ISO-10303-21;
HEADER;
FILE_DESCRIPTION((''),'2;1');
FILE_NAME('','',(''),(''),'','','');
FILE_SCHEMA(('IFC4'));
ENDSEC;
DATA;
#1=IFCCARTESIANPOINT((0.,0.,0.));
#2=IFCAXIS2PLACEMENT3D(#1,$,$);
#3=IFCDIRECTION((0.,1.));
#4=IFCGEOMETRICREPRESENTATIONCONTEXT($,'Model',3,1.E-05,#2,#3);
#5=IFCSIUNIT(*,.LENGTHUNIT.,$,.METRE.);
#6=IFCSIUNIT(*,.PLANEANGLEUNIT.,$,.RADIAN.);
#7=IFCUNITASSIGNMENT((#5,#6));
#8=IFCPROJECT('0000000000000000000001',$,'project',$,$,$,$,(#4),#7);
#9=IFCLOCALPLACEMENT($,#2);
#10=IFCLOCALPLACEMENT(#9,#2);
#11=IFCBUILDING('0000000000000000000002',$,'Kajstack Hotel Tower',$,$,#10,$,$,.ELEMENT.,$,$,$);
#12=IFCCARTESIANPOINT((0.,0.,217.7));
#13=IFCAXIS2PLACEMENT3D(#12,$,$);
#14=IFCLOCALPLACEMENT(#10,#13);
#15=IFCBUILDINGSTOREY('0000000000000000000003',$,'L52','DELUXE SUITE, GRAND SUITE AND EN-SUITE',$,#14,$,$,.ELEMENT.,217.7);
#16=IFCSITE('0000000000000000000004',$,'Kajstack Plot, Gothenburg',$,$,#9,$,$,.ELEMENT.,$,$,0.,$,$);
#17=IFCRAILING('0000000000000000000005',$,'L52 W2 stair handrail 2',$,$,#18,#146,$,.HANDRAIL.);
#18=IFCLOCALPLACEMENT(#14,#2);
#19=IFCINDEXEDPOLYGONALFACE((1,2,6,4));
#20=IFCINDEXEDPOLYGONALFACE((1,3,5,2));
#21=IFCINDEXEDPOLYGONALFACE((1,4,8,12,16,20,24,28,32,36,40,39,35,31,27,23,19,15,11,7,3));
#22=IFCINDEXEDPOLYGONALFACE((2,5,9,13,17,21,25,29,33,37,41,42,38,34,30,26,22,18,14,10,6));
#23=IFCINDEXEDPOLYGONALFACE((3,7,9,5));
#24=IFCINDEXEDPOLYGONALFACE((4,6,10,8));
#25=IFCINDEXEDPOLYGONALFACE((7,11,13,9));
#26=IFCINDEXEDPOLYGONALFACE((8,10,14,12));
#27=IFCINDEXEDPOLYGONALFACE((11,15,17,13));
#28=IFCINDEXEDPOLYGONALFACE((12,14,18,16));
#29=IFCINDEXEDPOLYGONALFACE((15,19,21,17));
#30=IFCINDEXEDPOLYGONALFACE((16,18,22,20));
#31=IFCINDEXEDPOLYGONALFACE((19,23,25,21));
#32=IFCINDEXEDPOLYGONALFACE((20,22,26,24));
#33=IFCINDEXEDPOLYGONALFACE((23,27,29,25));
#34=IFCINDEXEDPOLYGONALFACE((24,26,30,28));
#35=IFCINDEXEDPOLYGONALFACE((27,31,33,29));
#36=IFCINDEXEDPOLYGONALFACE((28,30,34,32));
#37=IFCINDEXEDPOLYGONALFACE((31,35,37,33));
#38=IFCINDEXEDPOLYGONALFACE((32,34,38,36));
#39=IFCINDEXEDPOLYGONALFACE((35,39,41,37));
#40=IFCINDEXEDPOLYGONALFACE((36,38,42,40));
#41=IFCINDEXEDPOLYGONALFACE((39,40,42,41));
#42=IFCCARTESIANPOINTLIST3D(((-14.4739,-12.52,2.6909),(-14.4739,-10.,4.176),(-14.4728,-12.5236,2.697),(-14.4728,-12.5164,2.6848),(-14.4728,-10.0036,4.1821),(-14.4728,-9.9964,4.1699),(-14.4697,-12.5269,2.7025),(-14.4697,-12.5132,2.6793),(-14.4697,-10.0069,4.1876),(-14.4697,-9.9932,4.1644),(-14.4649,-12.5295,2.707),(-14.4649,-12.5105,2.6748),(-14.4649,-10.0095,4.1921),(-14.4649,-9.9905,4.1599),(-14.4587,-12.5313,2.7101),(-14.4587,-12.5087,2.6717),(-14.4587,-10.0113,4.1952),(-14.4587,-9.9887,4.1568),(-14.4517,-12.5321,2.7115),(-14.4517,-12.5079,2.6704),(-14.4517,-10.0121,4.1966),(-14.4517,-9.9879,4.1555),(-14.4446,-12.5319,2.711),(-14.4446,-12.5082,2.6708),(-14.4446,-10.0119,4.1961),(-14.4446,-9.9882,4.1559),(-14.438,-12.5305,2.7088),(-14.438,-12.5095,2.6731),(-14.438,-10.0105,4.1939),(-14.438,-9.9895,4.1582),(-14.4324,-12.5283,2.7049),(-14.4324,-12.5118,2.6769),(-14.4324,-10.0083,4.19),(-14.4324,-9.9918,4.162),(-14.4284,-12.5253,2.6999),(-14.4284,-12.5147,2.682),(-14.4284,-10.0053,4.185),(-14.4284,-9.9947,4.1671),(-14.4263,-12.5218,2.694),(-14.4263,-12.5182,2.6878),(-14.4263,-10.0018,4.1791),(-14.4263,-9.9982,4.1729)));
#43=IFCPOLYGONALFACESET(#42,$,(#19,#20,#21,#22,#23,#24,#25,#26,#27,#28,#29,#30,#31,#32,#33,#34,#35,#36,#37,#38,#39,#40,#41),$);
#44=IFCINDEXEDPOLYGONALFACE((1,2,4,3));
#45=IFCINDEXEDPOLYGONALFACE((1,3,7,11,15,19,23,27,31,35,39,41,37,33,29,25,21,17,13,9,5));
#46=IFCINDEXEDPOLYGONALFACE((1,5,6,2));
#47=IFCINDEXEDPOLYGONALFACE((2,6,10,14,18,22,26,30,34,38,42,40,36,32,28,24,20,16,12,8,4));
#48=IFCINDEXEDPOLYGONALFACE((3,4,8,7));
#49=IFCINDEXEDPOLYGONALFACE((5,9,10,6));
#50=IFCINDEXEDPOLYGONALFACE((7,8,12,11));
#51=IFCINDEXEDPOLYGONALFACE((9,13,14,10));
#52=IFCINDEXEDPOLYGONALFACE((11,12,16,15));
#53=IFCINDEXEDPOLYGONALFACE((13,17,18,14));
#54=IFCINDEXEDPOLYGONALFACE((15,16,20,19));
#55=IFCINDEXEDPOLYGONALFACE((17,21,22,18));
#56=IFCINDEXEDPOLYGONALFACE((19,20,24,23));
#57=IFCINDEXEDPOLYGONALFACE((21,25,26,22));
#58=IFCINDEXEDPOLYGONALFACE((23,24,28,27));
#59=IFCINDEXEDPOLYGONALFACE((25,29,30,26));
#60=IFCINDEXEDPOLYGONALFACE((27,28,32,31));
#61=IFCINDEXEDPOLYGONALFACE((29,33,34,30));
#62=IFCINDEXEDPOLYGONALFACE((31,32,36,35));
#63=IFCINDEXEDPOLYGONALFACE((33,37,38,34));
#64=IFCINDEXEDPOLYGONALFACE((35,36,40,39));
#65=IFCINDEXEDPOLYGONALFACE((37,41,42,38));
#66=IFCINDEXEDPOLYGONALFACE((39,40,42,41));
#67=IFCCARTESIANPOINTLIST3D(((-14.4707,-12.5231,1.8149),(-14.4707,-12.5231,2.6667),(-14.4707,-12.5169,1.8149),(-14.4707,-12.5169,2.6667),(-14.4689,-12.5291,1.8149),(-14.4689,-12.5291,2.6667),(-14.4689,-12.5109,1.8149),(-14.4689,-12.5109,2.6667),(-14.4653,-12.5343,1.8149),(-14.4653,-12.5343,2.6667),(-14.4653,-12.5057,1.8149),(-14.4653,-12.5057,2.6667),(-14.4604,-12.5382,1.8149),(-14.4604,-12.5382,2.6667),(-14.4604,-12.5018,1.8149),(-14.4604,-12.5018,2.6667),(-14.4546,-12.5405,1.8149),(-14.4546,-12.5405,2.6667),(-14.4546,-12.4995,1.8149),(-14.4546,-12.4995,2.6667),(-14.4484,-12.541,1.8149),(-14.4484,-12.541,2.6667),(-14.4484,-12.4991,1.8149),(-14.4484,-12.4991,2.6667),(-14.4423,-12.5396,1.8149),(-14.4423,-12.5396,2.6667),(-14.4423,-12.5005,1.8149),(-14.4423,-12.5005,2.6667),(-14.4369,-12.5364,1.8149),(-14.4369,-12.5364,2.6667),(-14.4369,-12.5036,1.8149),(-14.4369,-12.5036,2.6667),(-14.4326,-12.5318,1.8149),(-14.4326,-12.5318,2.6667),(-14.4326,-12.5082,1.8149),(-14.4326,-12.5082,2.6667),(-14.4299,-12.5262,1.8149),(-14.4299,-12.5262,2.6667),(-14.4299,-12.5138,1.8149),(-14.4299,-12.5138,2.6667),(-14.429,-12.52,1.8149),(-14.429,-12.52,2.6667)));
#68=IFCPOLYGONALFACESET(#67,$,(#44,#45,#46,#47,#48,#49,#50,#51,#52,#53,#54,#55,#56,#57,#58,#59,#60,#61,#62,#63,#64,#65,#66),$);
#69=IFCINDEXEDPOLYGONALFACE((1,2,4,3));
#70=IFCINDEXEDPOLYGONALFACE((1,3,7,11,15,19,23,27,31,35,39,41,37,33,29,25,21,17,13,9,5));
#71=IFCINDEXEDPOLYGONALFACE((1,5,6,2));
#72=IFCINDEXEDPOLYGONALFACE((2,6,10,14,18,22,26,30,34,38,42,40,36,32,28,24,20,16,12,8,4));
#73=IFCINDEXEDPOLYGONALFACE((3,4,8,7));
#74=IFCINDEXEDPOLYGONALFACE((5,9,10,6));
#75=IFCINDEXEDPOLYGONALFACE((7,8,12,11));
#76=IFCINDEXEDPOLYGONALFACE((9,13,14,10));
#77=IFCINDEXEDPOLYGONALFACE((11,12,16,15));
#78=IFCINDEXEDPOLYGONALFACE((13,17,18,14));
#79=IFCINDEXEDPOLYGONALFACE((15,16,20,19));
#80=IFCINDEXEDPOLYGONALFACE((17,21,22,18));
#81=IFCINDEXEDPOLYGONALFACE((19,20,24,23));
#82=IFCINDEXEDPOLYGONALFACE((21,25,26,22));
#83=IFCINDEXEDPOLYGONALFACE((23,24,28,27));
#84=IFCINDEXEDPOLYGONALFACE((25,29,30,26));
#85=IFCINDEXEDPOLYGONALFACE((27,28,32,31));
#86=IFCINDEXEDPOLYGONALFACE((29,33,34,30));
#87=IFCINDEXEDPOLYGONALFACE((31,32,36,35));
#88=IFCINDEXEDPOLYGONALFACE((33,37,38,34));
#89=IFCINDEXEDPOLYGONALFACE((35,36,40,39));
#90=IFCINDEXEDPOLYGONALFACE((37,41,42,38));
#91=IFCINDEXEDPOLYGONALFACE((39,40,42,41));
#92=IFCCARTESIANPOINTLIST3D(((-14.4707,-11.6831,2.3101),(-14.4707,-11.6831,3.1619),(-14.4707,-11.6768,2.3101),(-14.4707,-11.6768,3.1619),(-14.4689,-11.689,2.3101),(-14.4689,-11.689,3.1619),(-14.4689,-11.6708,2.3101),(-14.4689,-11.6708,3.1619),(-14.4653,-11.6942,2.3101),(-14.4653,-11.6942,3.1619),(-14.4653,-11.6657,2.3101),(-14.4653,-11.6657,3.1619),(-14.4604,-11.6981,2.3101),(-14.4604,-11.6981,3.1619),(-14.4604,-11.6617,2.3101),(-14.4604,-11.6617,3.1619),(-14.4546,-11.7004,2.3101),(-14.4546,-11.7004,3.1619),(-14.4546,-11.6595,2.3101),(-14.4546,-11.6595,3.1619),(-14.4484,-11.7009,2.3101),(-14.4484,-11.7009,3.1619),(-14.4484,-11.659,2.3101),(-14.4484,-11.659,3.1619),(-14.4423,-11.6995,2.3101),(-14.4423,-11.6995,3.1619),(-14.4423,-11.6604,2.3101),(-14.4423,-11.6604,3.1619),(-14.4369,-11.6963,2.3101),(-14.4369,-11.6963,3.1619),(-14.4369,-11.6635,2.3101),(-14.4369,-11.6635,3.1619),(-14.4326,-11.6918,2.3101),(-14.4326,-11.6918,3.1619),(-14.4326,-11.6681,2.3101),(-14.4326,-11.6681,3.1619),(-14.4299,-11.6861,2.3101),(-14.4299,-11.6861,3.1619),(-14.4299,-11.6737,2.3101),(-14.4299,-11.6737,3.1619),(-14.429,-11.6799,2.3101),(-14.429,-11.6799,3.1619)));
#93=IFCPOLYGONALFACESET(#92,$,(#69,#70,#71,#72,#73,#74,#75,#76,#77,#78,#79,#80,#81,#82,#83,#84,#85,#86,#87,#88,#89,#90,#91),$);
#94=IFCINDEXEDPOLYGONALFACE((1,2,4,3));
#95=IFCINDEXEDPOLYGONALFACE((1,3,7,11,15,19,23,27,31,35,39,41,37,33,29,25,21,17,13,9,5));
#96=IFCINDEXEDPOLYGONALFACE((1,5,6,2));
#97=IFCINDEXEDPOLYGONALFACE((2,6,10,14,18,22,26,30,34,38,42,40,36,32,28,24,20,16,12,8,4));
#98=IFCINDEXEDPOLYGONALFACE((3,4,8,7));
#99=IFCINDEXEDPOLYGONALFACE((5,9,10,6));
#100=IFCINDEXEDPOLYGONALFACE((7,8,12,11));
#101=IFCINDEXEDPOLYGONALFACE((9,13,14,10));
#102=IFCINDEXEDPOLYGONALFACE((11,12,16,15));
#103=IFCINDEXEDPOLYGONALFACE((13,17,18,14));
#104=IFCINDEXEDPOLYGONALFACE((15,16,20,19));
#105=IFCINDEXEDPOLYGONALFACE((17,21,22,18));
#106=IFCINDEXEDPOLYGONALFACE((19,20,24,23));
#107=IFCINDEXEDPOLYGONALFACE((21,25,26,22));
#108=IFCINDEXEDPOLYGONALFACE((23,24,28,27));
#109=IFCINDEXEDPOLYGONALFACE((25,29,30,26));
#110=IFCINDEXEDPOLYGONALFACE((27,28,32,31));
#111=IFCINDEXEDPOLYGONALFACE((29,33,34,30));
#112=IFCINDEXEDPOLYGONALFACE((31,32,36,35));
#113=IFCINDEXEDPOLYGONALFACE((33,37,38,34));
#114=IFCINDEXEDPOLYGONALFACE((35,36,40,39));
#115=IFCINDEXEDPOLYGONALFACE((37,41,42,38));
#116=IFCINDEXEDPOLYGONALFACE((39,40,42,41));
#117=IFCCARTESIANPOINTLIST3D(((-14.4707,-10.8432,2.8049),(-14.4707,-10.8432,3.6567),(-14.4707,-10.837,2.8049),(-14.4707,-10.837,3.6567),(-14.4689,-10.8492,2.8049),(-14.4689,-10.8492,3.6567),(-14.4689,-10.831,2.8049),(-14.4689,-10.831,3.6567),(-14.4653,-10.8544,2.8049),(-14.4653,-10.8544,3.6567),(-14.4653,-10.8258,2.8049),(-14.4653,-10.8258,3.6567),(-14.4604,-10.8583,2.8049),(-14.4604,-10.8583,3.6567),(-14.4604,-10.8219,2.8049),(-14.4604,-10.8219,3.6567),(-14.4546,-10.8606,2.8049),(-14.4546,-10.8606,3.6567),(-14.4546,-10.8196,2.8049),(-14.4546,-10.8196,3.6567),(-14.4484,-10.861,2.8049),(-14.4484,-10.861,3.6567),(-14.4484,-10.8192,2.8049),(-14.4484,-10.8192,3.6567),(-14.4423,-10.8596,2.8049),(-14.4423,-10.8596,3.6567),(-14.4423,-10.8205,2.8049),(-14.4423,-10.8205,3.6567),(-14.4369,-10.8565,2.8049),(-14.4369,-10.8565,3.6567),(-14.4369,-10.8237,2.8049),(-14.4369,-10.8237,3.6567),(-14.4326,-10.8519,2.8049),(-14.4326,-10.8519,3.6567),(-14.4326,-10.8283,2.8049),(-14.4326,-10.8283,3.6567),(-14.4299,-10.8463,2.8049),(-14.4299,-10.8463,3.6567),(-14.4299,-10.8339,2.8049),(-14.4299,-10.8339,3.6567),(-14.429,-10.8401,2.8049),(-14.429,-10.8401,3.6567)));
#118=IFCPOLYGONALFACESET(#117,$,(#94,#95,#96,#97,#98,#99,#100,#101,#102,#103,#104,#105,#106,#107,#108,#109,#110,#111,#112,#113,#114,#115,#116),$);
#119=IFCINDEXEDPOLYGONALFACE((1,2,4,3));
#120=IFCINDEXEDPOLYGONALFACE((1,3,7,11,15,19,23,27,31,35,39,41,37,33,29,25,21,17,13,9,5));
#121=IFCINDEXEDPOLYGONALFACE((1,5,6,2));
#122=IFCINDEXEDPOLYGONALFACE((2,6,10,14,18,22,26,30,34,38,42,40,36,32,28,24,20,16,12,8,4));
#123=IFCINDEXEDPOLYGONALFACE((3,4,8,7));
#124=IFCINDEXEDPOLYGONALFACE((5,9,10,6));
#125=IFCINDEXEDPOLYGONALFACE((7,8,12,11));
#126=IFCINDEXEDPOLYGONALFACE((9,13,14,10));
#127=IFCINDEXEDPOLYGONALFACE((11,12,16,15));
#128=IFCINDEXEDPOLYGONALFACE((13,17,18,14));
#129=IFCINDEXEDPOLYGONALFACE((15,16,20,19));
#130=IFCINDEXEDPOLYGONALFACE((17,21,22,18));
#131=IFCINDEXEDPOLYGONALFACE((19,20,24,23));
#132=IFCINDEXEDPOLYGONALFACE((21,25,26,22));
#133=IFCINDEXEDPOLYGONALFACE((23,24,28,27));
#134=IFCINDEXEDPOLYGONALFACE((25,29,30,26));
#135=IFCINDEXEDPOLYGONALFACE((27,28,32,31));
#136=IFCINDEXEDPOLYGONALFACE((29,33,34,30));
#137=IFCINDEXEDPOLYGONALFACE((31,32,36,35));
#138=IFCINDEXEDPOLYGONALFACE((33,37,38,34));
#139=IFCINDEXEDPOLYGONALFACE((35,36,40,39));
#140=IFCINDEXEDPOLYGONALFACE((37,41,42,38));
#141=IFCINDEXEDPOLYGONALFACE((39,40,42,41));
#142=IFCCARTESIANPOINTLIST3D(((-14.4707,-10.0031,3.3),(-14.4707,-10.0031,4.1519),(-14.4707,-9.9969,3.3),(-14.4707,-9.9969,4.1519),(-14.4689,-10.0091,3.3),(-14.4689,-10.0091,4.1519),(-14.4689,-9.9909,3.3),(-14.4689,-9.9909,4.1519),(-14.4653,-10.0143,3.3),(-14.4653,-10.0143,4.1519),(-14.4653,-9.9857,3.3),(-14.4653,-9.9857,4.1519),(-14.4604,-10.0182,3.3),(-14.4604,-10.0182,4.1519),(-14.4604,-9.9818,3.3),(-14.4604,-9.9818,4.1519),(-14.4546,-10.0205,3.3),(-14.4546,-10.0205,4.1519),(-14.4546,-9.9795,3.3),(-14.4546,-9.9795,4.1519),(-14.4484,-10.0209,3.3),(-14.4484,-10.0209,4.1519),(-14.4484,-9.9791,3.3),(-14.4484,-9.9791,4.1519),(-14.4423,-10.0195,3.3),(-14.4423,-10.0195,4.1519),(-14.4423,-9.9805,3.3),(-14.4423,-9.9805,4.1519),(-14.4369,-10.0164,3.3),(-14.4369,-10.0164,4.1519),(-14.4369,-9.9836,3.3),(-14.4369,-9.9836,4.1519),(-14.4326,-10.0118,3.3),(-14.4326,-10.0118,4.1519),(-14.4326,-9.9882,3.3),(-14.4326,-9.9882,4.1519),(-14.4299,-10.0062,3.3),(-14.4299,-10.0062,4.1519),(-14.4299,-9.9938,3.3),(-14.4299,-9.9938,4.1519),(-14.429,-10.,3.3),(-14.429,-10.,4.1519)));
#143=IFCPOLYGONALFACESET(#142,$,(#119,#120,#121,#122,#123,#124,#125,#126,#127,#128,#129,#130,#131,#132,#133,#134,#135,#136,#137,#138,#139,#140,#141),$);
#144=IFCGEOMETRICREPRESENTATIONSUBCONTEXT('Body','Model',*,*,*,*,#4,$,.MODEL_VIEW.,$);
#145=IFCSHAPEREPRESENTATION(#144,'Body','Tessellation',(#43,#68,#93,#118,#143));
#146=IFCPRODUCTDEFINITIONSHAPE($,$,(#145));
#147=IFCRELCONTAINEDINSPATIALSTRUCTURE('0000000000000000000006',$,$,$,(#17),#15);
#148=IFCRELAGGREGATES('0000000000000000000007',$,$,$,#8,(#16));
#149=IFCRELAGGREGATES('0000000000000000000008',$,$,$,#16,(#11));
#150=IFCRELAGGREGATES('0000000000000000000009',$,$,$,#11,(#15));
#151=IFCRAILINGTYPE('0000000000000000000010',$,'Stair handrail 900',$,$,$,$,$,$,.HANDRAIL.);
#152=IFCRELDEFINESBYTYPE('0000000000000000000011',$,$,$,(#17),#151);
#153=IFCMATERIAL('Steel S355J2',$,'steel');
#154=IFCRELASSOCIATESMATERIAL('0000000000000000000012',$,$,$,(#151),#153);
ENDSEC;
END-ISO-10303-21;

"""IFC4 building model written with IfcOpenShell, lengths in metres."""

from ifc_helpers import new_model, si_unit, direction, frame, origin, origin_2d, place, context, subcontext, project, spatial, circle, extrude, material, type_object, element, save


model = new_model("IFC4")

# Units and contexts
model_context = context("Model", 3, precision=1e-05, world=origin(), true_north=direction((0.0, 1.0)))
body_context = subcontext(model_context, "Body", "Model", "MODEL_VIEW")
ifc_project = project(units=[si_unit("LENGTHUNIT", "METRE"), si_unit("PLANEANGLEUNIT", "RADIAN")], contexts=[model_context])

# Site, building, storey
site_placement = place(None, origin())
site = spatial("IfcSite", under=ifc_project, at=site_placement, Name="Kajstack Plot, Gothenburg", CompositionType="ELEMENT", RefElevation=0.0)
building_placement = place(site_placement, origin())
building = spatial("IfcBuilding", under=site, at=building_placement, Name="Kajstack Hotel Tower", CompositionType="ELEMENT")
storey_placement = place(building_placement, frame((0.0, 0.0, 217.7)))
storey = spatial("IfcBuildingStorey", under=building, at=storey_placement, Name="L52", Description="DELUXE SUITE, GRAND SUITE AND EN-SUITE", CompositionType="ELEMENT", Elevation=217.7)

# Railing
ifc_material_1 = material(Name="Steel S355J2", Category="steel")
railing_type = type_object("IfcRailingType", Name="Stair handrail 900", PredefinedType="HANDRAIL", material=ifc_material_1)
railing_placement = place(storey_placement, frame((-14.45, -12.52, 1.8149)))
element("IfcRailing", 1, at=railing_placement, inside=storey, type_object=railing_type, Name="L52 W2 stair handrail 2", PredefinedType="HANDRAIL", context=body_context, shape_type="SweptSolid", body=[
    extrude(circle(Radius=0.0239, at=origin_2d()), frame((0.0, 0.0, 0.876), z_axis=(0.0, 0.861524, 0.507717), x_axis=(-1.0, 0.0, 0.0)), (0.0, 0.0, 1.0), 2.925),
    extrude(circle(Radius=0.021, at=origin_2d()), origin(), (0.0, 0.0, 1.0), 0.8518),
    extrude(circle(Radius=0.021, at=origin_2d()), frame((0.0, 0.8401, 0.4951)), (0.0, 0.0, 1.0), 0.8518),
    extrude(circle(Radius=0.021, at=origin_2d()), frame((0.0, 1.6799, 0.99)), (0.0, 0.0, 1.0), 0.8518),
    extrude(circle(Radius=0.021, at=origin_2d()), frame((0.0, 2.52, 1.4851)), (0.0, 0.0, 1.0), 0.8518),
])

save(model, "model.ifc")
